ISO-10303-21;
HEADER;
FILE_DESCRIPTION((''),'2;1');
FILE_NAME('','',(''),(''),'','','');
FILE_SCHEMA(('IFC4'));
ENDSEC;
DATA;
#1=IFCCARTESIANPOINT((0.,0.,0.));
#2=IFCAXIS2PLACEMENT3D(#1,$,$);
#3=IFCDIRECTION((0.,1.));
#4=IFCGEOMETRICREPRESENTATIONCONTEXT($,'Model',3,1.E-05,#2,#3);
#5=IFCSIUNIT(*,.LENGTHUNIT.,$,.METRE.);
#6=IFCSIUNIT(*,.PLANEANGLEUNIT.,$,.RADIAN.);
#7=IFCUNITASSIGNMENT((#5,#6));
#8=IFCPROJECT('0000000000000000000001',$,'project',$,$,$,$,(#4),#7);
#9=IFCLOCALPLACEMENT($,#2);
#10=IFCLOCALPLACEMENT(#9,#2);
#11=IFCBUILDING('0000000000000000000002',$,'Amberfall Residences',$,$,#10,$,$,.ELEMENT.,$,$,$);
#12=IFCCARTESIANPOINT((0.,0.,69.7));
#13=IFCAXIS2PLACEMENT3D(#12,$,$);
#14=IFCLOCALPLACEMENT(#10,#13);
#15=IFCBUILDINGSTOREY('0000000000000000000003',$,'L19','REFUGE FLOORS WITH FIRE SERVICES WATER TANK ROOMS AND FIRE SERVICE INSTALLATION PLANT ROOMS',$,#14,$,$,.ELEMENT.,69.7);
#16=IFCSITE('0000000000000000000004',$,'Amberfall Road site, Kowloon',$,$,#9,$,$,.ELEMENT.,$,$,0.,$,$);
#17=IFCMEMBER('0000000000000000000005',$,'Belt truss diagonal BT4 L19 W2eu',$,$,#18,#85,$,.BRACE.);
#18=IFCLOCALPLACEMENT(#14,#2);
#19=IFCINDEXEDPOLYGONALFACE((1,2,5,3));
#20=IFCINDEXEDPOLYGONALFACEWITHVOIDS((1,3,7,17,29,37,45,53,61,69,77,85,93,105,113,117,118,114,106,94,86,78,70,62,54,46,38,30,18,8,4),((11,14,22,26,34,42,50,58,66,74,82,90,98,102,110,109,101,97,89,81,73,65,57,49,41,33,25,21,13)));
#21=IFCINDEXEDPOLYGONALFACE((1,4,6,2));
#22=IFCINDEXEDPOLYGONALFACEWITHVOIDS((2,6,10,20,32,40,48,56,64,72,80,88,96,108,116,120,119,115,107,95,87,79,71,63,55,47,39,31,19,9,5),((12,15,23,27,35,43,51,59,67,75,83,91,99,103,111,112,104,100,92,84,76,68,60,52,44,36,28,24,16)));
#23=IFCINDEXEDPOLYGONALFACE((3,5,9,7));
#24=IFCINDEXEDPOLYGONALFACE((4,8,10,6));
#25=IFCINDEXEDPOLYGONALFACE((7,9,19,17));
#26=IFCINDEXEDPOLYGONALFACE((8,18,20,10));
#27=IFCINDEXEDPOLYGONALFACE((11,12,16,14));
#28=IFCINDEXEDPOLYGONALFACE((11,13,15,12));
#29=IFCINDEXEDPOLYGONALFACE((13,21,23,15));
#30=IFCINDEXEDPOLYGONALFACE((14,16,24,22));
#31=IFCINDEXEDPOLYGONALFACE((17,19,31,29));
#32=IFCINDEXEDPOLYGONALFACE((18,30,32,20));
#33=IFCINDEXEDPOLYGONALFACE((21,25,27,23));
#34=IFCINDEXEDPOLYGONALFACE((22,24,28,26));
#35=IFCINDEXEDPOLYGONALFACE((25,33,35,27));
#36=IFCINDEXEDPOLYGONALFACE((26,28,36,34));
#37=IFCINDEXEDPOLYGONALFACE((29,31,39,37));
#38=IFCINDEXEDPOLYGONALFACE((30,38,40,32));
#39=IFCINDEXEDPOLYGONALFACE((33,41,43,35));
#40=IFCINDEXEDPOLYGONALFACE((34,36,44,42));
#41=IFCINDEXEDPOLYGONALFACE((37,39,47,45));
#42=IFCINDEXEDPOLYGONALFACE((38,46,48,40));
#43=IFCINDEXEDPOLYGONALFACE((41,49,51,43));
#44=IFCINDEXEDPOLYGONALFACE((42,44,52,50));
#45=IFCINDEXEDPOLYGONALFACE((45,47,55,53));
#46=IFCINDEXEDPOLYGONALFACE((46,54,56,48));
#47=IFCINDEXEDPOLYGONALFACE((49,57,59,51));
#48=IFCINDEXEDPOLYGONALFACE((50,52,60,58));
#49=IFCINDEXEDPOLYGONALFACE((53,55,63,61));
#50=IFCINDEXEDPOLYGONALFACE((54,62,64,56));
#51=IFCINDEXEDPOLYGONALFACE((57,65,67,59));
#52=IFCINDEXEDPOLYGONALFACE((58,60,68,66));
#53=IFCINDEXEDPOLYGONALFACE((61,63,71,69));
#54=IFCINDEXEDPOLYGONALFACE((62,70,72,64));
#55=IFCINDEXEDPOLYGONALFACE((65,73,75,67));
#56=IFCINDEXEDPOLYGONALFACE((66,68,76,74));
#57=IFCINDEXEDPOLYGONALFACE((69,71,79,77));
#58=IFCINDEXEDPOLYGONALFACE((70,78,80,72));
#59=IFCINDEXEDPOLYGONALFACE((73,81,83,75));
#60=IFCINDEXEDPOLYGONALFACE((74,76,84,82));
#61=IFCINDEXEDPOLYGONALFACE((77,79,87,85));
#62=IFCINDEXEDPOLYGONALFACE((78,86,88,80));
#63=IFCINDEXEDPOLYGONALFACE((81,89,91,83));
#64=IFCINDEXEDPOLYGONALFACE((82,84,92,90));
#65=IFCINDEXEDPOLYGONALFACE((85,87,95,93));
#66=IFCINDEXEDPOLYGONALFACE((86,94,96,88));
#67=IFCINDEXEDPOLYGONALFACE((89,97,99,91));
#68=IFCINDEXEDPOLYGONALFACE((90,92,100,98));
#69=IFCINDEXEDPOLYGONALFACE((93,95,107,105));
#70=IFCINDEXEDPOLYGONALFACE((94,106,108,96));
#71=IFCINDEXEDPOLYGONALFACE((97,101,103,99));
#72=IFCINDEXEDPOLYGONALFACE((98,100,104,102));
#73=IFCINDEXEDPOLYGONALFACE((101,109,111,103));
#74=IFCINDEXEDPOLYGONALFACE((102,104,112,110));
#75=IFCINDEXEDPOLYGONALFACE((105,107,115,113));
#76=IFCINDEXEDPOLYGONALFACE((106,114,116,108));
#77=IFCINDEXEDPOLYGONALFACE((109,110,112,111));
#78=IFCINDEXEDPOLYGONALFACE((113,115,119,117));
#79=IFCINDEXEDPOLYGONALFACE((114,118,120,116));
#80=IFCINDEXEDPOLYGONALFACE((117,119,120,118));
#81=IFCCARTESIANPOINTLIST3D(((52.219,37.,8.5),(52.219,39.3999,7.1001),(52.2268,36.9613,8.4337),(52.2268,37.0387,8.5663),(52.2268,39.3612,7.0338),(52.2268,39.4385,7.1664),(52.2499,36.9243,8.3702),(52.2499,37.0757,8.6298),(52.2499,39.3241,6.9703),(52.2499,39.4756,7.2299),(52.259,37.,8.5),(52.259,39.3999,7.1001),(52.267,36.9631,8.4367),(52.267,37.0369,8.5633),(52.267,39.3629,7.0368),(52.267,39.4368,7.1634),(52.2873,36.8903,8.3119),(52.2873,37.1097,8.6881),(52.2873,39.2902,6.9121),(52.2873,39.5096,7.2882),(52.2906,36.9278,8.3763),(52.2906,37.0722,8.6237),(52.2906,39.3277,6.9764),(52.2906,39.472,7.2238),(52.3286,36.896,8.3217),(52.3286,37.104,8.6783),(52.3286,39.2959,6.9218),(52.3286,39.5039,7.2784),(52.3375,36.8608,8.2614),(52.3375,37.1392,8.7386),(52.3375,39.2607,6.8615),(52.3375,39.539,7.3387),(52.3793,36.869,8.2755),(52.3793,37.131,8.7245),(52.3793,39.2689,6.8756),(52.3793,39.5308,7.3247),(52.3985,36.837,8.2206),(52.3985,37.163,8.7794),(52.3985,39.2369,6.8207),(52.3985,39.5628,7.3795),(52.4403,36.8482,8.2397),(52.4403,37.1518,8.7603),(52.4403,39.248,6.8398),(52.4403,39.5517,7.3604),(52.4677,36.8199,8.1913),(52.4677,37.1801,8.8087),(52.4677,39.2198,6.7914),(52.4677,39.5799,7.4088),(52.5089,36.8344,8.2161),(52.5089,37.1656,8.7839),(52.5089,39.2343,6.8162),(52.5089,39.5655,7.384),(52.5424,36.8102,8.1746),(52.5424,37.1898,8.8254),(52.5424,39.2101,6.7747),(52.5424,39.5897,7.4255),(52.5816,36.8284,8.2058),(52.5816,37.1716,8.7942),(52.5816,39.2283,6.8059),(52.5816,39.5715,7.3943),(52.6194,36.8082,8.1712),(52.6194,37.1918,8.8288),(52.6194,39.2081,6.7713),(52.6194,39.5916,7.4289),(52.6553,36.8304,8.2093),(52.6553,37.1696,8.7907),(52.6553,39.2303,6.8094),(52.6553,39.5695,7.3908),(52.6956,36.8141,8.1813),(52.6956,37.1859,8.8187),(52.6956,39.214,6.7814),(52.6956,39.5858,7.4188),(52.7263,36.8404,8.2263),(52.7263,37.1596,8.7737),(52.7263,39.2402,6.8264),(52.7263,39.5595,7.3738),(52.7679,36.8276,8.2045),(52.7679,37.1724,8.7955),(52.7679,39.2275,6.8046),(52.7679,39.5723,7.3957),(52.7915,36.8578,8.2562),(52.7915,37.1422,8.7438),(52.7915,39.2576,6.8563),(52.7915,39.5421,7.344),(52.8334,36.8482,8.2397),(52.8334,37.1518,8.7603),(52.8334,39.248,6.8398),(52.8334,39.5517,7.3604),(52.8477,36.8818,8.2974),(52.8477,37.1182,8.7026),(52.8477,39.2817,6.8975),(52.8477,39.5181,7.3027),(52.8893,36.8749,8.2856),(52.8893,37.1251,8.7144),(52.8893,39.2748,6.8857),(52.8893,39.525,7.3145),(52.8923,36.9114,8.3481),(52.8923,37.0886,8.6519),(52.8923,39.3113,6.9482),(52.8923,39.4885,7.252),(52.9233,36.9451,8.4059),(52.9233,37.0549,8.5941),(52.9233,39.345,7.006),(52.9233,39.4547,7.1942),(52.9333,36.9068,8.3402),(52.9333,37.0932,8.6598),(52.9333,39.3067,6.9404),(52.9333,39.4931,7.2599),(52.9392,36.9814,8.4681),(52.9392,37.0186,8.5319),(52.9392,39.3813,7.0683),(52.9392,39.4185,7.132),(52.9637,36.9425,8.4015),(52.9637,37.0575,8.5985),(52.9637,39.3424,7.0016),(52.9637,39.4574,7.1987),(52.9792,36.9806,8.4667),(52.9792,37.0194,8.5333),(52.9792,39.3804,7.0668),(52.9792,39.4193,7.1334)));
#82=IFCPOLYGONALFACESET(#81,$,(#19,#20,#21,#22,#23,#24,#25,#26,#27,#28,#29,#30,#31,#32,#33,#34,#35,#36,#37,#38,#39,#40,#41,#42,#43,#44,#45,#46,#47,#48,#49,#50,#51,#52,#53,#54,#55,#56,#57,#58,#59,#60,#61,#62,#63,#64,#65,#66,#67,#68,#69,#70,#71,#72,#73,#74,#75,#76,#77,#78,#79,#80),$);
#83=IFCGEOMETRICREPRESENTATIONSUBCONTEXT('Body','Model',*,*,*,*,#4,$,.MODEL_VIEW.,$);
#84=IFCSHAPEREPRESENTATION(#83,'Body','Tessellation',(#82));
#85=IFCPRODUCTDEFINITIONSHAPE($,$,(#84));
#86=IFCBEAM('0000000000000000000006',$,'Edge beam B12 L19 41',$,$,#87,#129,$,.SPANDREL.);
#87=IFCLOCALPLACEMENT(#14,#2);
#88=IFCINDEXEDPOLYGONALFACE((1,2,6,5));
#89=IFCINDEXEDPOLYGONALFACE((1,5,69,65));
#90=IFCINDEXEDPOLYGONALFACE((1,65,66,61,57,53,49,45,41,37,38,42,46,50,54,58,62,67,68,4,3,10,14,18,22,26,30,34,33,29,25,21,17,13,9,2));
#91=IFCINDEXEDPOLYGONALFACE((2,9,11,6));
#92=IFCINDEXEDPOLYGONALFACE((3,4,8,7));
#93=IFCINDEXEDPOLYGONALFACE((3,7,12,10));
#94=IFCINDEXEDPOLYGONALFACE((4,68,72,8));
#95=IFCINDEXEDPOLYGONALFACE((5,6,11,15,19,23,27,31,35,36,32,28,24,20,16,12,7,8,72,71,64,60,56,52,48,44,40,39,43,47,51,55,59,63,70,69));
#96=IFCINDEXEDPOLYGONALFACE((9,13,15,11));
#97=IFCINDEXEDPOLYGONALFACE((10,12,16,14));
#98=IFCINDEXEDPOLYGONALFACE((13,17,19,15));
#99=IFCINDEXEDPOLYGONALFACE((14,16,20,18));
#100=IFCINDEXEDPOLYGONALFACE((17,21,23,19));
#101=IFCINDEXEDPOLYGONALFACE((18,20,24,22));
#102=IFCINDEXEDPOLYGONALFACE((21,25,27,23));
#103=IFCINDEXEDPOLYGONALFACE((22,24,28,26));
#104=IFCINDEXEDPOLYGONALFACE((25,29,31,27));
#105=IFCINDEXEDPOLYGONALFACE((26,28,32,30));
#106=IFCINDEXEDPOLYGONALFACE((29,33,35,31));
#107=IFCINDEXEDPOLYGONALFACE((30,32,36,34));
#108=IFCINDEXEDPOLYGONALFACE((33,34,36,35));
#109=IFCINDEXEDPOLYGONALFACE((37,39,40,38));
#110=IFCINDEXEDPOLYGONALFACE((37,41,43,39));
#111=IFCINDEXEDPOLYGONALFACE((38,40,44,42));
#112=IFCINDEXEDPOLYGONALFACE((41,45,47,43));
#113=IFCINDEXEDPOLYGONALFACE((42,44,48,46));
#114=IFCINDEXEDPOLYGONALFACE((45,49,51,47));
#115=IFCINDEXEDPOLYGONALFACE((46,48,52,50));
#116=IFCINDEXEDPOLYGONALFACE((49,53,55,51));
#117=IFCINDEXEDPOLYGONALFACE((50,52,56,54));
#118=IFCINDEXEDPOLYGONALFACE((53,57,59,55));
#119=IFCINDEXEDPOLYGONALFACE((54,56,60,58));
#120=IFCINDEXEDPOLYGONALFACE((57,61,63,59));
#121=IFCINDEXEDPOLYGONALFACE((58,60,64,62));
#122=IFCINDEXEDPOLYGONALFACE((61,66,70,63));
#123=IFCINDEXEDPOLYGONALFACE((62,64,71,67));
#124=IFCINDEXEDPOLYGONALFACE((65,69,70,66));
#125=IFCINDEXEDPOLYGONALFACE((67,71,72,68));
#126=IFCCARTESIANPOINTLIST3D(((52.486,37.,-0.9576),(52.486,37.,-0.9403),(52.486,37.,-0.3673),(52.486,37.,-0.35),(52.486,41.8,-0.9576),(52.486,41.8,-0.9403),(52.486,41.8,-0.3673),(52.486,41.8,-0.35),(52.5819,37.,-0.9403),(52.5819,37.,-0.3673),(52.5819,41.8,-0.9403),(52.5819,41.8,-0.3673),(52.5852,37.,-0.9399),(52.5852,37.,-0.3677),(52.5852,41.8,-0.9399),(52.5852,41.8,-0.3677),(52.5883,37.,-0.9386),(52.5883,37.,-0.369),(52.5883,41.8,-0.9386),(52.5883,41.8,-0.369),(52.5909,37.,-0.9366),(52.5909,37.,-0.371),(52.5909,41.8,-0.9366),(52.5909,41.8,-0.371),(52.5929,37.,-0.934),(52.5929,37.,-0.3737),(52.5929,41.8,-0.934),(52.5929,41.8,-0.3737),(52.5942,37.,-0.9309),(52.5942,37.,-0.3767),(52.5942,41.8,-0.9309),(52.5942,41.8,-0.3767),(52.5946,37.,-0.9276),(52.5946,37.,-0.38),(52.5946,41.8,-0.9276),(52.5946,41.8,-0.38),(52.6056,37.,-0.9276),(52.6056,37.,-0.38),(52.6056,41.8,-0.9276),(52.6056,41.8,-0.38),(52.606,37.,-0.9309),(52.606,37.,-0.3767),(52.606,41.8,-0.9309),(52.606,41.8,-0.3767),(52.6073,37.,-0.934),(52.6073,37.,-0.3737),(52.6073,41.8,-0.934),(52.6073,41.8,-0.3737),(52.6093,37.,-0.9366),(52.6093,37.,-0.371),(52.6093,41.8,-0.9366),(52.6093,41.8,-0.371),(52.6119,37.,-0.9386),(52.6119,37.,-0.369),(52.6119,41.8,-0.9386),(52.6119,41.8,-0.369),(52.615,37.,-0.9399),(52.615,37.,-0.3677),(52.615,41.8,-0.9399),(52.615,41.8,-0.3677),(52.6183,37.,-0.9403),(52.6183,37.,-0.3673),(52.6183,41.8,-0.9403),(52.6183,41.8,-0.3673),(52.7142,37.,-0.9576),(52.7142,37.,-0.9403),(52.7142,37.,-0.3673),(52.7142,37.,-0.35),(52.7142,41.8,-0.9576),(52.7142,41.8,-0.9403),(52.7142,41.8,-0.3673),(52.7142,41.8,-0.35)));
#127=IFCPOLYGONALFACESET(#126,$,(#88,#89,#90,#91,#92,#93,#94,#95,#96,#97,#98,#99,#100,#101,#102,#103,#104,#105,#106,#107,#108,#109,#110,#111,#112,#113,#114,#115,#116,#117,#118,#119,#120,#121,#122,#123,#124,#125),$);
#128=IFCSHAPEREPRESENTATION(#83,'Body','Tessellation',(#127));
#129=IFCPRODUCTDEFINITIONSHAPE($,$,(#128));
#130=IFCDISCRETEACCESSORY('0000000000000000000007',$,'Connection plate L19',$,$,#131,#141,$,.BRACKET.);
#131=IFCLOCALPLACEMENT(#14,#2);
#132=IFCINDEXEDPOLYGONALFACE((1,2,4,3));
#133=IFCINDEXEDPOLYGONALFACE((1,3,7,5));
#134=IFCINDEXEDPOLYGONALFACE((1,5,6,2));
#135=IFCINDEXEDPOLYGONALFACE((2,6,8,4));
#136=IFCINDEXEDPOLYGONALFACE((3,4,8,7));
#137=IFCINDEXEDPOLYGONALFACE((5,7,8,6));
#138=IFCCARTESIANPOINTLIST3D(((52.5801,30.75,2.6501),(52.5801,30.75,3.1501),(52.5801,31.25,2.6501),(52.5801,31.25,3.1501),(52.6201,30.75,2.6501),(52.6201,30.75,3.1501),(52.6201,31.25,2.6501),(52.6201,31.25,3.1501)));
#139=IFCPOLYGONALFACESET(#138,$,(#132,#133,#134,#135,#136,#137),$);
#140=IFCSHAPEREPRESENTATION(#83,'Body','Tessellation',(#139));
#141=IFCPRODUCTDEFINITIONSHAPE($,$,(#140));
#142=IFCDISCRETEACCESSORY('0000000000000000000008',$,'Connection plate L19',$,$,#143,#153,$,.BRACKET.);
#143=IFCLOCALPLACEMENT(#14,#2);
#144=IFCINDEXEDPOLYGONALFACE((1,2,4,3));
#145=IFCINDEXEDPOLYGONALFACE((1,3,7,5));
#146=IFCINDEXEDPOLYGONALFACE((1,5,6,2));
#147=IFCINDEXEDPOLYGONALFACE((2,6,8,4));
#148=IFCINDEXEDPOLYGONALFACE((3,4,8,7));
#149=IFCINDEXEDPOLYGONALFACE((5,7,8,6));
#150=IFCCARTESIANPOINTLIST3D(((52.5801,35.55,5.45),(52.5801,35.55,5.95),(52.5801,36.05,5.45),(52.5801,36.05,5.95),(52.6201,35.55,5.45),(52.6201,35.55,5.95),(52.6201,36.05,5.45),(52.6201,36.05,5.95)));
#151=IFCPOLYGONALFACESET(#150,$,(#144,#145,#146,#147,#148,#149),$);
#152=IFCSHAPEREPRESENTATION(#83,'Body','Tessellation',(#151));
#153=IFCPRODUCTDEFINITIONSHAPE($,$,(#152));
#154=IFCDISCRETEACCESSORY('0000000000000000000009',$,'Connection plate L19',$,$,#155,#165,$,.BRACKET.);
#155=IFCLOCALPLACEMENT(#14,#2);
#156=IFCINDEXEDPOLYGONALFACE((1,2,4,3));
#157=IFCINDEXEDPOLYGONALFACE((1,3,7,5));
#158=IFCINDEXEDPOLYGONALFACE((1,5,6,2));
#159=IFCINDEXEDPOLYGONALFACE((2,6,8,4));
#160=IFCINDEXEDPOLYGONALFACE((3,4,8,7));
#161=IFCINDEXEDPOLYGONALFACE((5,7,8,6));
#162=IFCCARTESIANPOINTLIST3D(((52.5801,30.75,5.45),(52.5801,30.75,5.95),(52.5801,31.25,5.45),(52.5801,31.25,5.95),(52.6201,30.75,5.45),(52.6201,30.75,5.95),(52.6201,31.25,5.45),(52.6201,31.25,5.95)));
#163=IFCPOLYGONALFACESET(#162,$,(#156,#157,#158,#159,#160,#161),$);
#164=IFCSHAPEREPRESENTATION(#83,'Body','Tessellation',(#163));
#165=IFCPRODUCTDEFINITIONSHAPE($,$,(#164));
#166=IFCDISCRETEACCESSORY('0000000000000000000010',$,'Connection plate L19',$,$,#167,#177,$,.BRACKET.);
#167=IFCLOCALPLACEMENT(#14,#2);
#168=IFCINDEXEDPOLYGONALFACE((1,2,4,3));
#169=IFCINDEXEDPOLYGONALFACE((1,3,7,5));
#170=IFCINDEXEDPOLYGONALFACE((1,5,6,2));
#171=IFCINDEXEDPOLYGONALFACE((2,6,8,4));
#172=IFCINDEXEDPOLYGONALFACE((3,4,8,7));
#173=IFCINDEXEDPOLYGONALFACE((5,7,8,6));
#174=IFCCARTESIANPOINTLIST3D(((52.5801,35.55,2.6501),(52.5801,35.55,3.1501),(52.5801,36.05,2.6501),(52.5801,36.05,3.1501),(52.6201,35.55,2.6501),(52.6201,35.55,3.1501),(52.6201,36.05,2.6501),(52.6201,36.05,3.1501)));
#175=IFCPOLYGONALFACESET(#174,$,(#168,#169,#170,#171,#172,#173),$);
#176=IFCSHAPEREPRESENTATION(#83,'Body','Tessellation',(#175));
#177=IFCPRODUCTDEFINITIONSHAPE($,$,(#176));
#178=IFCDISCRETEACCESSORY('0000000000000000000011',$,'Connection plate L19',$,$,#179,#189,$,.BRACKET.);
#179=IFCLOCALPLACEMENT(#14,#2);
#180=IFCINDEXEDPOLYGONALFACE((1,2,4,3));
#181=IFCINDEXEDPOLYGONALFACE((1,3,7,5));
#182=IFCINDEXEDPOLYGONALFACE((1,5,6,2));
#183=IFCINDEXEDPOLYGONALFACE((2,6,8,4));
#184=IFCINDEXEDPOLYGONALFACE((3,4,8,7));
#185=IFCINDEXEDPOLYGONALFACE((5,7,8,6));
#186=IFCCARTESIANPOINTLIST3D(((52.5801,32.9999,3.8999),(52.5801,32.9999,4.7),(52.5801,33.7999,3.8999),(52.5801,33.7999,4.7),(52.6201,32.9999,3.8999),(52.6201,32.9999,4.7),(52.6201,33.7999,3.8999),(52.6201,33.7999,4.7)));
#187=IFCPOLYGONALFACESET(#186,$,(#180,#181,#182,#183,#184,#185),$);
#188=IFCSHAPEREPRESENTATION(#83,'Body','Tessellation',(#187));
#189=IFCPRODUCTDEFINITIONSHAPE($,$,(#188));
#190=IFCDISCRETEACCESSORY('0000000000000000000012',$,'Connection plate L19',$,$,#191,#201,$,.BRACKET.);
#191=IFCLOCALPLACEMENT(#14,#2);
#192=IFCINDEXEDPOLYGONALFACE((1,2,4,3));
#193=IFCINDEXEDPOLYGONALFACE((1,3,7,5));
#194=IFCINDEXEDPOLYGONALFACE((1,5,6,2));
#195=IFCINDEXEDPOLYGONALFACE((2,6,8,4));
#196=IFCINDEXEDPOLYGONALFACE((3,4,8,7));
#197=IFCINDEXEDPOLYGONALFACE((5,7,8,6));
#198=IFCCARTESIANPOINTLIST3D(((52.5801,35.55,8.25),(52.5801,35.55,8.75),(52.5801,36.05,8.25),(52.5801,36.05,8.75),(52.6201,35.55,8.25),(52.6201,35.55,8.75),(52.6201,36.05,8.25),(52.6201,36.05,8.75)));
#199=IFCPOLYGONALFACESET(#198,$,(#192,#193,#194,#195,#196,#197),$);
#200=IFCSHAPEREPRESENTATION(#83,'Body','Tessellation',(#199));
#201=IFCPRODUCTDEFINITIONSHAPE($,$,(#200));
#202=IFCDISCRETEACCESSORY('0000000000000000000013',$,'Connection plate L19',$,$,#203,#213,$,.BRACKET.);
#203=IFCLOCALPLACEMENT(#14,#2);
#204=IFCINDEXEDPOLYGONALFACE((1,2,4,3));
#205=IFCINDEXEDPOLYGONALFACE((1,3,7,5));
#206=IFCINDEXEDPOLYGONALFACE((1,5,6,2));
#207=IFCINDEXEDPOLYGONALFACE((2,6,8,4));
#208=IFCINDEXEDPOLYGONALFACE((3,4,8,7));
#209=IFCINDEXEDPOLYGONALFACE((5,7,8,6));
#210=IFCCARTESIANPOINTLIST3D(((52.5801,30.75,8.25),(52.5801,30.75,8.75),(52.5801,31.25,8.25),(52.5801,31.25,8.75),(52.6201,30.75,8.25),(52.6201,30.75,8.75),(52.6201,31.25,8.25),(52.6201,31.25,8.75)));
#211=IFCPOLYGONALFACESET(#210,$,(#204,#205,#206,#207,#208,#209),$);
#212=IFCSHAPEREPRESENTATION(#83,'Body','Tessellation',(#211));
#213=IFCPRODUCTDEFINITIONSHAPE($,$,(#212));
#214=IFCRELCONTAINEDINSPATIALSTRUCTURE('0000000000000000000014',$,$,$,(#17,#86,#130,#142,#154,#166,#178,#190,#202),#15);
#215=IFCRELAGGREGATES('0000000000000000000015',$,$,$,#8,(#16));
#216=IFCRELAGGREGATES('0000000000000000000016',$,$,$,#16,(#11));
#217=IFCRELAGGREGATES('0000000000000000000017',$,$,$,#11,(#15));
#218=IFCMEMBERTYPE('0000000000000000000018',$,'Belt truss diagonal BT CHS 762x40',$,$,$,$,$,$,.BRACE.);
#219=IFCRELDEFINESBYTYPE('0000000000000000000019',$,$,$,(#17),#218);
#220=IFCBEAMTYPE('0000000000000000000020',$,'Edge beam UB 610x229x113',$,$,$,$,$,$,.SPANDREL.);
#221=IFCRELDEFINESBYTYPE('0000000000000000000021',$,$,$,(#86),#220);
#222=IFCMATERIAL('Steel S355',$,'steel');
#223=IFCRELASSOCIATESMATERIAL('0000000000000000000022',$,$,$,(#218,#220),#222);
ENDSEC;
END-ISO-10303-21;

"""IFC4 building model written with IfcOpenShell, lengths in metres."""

from ifc_helpers import new_model, si_unit, direction, frame, origin, origin_2d, place, context, subcontext, project, spatial, rectangle, hollow_circle, i_section, extrude, material, material_profile, profile_set, type_object, element, save


model = new_model("IFC4")

# Units and contexts
model_context = context("Model", 3, precision=1e-05, world=origin(), true_north=direction((0.0, 1.0)))
body_context = subcontext(model_context, "Body", "Model", "MODEL_VIEW")
ifc_project = project(units=[si_unit("LENGTHUNIT", "METRE"), si_unit("PLANEANGLEUNIT", "RADIAN")], contexts=[model_context])

# Site, building, storey
site_placement = place(None, origin())
site = spatial("IfcSite", under=ifc_project, at=site_placement, Name="Amberfall Road site, Kowloon", CompositionType="ELEMENT", RefElevation=0.0)
building_placement = place(site_placement, origin())
building = spatial("IfcBuilding", under=site, at=building_placement, Name="Amberfall Residences", CompositionType="ELEMENT")
storey_placement = place(building_placement, frame((0.0, 0.0, 69.7)))
storey = spatial("IfcBuildingStorey", under=building, at=storey_placement, Name="L19", Description="REFUGE FLOORS WITH FIRE SERVICES WATER TANK ROOMS AND FIRE SERVICE INSTALLATION PLANT ROOMS", CompositionType="ELEMENT", Elevation=69.7)

# Shared definitions
ifc_material_1 = material(Name="Steel S355", Category="steel")

# Member
ifc_material_profile_1 = material_profile(ifc_material_1, hollow_circle(Radius=0.3811, WallThickness=0.04, at=origin_2d()), Name="CHS 762x40")
ifc_profile_set_1 = profile_set([ifc_material_profile_1], Name="Steel S355")
member_type = type_object("IfcMemberType", Name="Belt truss diagonal BT CHS 762x40", PredefinedType="BRACE", material=ifc_profile_set_1)
member_1_placement = place(storey_placement, frame((52.6001, 37.0, 8.5), z_axis=(0.0, 0.863785, -0.50386), x_axis=(-1.0, 0.0, 0.0)))
element("IfcMember", 1, at=member_1_placement, inside=storey, type_object=member_type, Name="Belt truss diagonal BT4 L19 W2eu", PredefinedType="BRACE", context=body_context, shape_type="SweptSolid", body=[
    extrude(hollow_circle(Radius=0.3811, WallThickness=0.04, at=origin_2d()), origin(), (0.0, 0.0, 1.0), 2.7783),
])

# Beam
ifc_material_profile_2 = material_profile(ifc_material_1, i_section(OverallWidth=0.2283, OverallDepth=0.6077, WebThickness=0.011, FlangeThickness=0.0173, FilletRadius=0.0127, at=origin_2d()), Name="UB 610x229x113")
ifc_profile_set_2 = profile_set([ifc_material_profile_2], Name="Steel S355")
beam_type_1 = type_object("IfcBeamType", Name="Edge beam UB 610x229x113", PredefinedType="SPANDREL", material=ifc_profile_set_2)
beam_placement = place(storey_placement, frame((52.6001, 37.0, -0.6538), z_axis=(0.0, 1.0, 0.0), x_axis=(-1.0, 0.0, 0.0)))
element("IfcBeam", 2, at=beam_placement, inside=storey, type_object=beam_type_1, Name="Edge beam B12 L19 41", PredefinedType="SPANDREL", context=body_context, shape_type="SweptSolid", body=[
    extrude(i_section(OverallWidth=0.2283, OverallDepth=0.6077, WebThickness=0.011, FlangeThickness=0.0173, FilletRadius=0.0127, at=origin_2d()), origin(), (0.0, 0.0, 1.0), 4.8),
])

# Discrete accessories
for number, where, z_axis, x_axis, name in (
    (3, (52.6001, 31.0, 2.6501), (0.0, 0.0, 1.0), (0.0, 1.0, 0.0), "Connection plate L19"),
    (4, (52.6001, 35.8, 5.45), (0.0, 0.0, 1.0), (0.0, 1.0, 0.0), "Connection plate L19"),
    (5, (52.6001, 31.0, 5.45), (0.0, 0.0, 1.0), (0.0, 1.0, 0.0), "Connection plate L19"),
    (6, (52.6001, 35.8, 2.6501), (0.0, 0.0, 1.0), (0.0, 1.0, 0.0), "Connection plate L19"),
):
    element("IfcDiscreteAccessory", number, at=place(storey_placement, frame(where, z_axis=z_axis, x_axis=x_axis)), inside=storey, Name=name, PredefinedType="BRACKET", context=body_context, shape_type="SweptSolid", body=[
        extrude(rectangle(XDim=0.5, YDim=0.04, at=origin_2d()), origin(), (0.0, 0.0, 1.0), 0.5),
    ])
discrete_accessory_1_placement = place(storey_placement, frame((52.6001, 33.3999, 3.8999), z_axis=(0.0, 0.0, 1.0), x_axis=(0.0, 1.0, 0.0)))
element("IfcDiscreteAccessory", 7, at=discrete_accessory_1_placement, inside=storey, Name="Connection plate L19", PredefinedType="BRACKET", context=body_context, shape_type="SweptSolid", body=[
    extrude(rectangle(XDim=0.8, YDim=0.04, at=origin_2d()), origin(), (0.0, 0.0, 1.0), 0.8),
])
for number, where, z_axis, x_axis, name in (
    (8, (52.6001, 35.8, 8.25), (0.0, 0.0, 1.0), (0.0, 1.0, 0.0), "Connection plate L19"),
    (9, (52.6001, 31.0, 8.25), (0.0, 0.0, 1.0), (0.0, 1.0, 0.0), "Connection plate L19"),
):
    element("IfcDiscreteAccessory", number, at=place(storey_placement, frame(where, z_axis=z_axis, x_axis=x_axis)), inside=storey, Name=name, PredefinedType="BRACKET", context=body_context, shape_type="SweptSolid", body=[
        extrude(rectangle(XDim=0.5, YDim=0.04, at=origin_2d()), origin(), (0.0, 0.0, 1.0), 0.5),
    ])

save(model, "model.ifc")
